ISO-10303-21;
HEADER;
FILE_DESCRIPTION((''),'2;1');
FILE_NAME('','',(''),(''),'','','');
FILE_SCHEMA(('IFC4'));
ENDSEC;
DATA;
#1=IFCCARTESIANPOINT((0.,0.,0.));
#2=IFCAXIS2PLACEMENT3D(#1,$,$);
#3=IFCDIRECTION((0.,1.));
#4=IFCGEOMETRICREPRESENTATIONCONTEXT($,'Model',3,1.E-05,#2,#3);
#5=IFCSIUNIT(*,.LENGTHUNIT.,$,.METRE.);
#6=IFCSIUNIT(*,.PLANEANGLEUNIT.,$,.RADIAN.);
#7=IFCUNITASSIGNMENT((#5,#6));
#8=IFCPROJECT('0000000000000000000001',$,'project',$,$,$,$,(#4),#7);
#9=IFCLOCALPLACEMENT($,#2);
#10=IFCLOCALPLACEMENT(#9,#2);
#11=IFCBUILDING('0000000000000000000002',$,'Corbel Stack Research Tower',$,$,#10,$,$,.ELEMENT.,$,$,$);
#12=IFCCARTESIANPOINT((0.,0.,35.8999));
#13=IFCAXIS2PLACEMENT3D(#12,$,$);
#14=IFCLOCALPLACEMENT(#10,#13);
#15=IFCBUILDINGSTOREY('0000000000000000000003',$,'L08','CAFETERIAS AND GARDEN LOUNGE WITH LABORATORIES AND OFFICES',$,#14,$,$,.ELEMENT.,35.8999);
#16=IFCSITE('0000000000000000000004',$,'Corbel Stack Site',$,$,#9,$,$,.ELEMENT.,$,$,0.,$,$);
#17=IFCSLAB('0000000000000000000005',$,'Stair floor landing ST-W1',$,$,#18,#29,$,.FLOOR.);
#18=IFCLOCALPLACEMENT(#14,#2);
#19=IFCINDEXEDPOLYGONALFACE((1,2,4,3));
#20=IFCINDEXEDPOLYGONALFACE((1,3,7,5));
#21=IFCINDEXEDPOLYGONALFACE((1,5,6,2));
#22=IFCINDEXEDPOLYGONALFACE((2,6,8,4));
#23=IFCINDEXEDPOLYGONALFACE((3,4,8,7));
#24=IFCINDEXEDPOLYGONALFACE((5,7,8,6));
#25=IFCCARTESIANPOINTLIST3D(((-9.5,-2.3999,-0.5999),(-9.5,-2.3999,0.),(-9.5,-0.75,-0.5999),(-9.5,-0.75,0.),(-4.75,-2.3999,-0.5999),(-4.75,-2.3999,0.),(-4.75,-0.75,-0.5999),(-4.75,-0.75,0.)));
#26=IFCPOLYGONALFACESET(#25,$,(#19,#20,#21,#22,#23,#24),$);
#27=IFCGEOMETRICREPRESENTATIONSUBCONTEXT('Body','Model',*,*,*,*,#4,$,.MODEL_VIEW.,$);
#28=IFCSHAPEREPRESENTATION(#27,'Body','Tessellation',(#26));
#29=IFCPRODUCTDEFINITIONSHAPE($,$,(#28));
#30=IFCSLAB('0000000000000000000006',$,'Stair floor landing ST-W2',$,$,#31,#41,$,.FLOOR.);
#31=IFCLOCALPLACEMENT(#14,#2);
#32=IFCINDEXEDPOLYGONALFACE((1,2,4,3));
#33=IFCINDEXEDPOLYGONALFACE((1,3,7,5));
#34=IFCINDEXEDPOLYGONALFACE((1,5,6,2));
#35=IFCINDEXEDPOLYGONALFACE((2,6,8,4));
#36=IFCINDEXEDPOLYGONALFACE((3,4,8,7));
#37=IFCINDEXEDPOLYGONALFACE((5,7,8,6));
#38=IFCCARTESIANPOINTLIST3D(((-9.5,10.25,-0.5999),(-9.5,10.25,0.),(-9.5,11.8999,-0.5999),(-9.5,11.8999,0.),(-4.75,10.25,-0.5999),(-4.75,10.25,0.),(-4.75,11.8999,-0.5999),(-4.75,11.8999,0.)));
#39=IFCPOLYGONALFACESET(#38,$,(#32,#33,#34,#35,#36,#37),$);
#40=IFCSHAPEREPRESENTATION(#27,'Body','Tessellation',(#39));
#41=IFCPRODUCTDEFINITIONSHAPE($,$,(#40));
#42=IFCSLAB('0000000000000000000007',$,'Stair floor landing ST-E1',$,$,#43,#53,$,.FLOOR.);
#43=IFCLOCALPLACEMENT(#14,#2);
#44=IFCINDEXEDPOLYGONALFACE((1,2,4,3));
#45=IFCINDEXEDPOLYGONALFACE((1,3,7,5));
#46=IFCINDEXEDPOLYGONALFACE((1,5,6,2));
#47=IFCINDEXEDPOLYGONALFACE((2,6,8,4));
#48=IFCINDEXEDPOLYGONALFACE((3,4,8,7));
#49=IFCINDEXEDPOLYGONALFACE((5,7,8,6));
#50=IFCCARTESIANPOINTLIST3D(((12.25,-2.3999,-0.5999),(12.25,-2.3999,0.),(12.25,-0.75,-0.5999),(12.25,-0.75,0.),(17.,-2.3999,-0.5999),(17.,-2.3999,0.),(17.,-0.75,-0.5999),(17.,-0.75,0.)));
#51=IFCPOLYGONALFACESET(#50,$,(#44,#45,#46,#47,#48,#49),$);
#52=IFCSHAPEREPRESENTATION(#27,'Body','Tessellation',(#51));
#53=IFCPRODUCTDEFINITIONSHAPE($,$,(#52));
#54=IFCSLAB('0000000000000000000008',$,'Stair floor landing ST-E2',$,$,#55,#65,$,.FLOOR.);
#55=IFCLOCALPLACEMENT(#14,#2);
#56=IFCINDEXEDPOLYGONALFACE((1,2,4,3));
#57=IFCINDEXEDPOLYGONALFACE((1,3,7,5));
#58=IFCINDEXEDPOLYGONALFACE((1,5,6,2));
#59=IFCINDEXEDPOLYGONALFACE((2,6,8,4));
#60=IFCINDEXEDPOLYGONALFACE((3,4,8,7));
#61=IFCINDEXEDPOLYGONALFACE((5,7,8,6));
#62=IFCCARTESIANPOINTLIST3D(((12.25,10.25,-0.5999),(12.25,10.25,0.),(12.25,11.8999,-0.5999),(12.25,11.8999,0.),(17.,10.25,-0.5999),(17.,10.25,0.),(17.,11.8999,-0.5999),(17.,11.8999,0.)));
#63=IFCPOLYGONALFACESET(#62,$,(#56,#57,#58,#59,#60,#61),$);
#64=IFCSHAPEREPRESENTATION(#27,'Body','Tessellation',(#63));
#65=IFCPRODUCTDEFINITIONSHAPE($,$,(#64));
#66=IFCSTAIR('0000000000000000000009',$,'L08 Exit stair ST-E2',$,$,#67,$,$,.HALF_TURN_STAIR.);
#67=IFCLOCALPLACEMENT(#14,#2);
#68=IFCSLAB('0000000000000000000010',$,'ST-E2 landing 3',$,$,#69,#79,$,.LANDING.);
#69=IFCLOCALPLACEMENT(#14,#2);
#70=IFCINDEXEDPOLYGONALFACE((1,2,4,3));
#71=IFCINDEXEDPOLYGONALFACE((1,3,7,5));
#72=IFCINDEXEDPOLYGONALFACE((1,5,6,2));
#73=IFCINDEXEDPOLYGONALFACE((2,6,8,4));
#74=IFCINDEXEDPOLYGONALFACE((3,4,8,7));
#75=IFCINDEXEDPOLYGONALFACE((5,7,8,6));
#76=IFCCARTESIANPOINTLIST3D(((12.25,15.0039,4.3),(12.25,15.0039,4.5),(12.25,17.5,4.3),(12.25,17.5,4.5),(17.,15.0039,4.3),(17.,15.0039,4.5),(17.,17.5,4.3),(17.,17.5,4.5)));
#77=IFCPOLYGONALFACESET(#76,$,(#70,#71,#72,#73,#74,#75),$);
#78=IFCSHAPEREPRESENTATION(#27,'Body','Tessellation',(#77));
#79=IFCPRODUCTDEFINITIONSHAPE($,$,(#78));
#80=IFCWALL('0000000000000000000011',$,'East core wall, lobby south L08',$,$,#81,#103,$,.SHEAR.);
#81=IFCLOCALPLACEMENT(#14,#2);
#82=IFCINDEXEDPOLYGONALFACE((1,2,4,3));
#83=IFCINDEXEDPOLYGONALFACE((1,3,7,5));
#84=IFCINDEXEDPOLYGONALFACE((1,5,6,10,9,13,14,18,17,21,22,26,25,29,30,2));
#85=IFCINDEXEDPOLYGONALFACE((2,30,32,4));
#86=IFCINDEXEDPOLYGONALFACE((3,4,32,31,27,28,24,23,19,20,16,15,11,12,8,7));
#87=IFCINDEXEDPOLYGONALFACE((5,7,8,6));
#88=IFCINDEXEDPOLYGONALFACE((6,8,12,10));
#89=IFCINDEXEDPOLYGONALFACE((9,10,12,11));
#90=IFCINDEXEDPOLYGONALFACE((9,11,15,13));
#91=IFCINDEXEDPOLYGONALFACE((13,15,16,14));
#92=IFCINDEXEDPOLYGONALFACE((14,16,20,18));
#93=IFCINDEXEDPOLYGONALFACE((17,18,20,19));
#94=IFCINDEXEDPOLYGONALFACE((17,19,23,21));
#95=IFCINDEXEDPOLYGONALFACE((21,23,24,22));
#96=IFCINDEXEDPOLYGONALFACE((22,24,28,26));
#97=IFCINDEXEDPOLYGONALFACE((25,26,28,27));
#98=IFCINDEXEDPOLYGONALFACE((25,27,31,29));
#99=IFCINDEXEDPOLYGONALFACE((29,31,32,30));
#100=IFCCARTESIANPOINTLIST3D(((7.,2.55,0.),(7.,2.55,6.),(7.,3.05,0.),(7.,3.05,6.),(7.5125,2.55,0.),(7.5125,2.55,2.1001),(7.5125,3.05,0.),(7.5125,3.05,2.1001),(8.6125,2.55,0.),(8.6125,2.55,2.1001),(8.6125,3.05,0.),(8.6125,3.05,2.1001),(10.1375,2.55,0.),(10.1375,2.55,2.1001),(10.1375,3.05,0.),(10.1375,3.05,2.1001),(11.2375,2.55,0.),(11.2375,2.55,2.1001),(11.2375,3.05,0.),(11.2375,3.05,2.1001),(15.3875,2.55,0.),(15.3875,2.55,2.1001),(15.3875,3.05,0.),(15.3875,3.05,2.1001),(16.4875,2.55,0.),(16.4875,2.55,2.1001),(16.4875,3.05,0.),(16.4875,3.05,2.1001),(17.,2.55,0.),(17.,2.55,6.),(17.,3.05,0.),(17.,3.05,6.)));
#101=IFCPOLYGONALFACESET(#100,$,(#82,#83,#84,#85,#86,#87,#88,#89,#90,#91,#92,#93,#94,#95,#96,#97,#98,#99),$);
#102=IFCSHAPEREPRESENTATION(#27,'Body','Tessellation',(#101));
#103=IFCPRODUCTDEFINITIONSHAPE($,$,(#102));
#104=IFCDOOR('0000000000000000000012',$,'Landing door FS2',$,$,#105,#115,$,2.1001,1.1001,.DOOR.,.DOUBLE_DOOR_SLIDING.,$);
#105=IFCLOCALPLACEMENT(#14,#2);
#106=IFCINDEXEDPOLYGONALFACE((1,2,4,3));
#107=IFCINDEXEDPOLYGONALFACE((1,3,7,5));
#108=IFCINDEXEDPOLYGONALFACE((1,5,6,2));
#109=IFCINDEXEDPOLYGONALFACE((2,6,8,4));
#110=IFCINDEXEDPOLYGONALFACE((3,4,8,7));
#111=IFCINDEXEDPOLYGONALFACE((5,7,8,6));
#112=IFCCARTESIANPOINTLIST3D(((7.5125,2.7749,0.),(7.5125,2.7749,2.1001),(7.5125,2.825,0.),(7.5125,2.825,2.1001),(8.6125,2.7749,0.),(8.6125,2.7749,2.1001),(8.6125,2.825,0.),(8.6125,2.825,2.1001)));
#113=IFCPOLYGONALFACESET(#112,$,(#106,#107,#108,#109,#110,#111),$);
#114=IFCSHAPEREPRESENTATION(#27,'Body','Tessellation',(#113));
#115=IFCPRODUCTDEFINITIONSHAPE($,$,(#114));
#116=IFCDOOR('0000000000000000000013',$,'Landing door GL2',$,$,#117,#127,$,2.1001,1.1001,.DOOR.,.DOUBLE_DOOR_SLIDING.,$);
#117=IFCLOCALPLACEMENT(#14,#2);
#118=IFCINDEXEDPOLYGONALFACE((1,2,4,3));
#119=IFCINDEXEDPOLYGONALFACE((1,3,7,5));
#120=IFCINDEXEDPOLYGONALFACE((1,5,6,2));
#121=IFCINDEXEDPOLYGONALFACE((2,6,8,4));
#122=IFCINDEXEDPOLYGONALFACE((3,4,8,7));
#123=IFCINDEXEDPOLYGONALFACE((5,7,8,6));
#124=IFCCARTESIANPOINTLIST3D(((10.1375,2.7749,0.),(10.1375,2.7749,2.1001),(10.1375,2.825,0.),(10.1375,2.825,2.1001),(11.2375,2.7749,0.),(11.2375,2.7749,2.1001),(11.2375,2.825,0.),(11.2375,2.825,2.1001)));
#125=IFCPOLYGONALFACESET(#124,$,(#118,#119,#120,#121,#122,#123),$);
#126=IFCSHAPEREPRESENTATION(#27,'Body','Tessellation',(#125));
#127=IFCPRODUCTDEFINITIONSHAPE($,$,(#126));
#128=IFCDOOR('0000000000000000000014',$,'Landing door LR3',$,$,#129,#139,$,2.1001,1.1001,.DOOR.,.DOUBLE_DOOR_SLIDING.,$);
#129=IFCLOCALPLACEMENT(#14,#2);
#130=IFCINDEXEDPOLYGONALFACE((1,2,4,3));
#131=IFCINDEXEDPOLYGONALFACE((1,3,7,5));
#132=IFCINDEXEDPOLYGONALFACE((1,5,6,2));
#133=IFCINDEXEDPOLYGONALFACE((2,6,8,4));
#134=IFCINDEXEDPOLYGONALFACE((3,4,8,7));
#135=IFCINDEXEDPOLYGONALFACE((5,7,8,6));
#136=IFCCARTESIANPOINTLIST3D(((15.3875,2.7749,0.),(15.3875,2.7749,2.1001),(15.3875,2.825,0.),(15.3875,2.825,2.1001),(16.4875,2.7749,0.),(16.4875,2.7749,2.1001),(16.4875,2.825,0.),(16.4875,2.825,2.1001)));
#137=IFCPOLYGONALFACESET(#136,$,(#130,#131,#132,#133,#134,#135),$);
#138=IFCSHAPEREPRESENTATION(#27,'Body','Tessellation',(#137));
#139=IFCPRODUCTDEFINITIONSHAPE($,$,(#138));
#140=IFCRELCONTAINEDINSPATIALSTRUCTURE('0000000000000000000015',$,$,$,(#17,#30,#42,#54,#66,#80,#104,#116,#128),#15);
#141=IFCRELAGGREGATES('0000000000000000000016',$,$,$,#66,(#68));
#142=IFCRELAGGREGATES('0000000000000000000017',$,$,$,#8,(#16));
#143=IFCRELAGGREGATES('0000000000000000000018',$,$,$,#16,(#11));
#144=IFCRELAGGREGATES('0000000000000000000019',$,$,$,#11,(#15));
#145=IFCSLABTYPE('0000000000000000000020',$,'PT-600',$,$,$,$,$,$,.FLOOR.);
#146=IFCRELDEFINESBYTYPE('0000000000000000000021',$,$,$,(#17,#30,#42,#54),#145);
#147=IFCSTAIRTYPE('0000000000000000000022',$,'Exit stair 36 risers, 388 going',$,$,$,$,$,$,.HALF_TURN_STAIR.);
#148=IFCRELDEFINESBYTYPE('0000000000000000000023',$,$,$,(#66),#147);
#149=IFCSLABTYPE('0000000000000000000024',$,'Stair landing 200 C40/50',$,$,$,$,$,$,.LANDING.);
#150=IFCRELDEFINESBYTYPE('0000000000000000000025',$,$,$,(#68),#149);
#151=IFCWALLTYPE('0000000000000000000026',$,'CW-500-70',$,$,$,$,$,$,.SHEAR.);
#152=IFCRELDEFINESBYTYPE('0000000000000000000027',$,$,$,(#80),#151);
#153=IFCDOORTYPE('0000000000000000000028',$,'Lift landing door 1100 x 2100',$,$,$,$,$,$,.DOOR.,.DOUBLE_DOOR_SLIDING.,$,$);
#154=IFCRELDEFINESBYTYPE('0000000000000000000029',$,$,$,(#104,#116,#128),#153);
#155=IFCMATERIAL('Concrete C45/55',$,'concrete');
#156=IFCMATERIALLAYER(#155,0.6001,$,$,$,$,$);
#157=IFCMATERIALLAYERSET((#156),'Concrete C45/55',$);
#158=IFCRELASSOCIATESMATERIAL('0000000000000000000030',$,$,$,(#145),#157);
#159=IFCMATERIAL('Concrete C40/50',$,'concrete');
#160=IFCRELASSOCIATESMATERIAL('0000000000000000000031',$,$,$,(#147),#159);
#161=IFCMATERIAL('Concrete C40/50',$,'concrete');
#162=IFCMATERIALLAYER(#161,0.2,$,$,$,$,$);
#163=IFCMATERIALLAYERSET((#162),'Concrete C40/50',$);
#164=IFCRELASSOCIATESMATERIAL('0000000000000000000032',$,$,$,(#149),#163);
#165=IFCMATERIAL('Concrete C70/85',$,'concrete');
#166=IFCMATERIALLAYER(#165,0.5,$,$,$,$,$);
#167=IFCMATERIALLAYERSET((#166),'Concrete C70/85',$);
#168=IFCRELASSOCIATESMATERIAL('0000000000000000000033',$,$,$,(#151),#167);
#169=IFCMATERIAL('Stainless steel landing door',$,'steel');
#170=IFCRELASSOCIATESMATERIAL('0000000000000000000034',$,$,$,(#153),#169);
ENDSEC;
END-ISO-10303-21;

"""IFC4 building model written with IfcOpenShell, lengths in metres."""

from ifc_helpers import new_model, si_unit, direction, frame, frame_2d, origin, place, context, subcontext, project, spatial, polyline, rectangle, outline, extrude, material, layer, layer_set, type_object, element, fill, aggregate, save


model = new_model("IFC4")

# Units and contexts
model_context = context("Model", 3, precision=1e-05, world=origin(), true_north=direction((0.0, 1.0)))
body_context = subcontext(model_context, "Body", "Model", "MODEL_VIEW")
ifc_project = project(units=[si_unit("LENGTHUNIT", "METRE"), si_unit("PLANEANGLEUNIT", "RADIAN")], contexts=[model_context])

# Site, building, storey
site_placement = place(None, origin())
site = spatial("IfcSite", under=ifc_project, at=site_placement, Name="Corbel Stack Site", CompositionType="ELEMENT", RefElevation=0.0)
building_placement = place(site_placement, origin())
building = spatial("IfcBuilding", under=site, at=building_placement, Name="Corbel Stack Research Tower", CompositionType="ELEMENT")
storey_placement = place(building_placement, frame((0.0, 0.0, 35.8999)))
storey = spatial("IfcBuildingStorey", under=building, at=storey_placement, Name="L08", Description="CAFETERIAS AND GARDEN LOUNGE WITH LABORATORIES AND OFFICES", CompositionType="ELEMENT", Elevation=35.8999)

# Slabs
ifc_material_1 = material(Name="Concrete C45/55", Category="concrete")
ifc_layer_1 = layer(ifc_material_1, 0.6001)
ifc_layer_set_1 = layer_set([ifc_layer_1], Name="Concrete C45/55")
slab_type_1 = type_object("IfcSlabType", Name="PT-600", PredefinedType="FLOOR", material=ifc_layer_set_1)
slab_1_placement = place(storey_placement, frame((0.0, 0.0, -0.5999)))
element("IfcSlab", 1, at=slab_1_placement, inside=storey, type_object=slab_type_1, Name="Stair floor landing ST-W1", PredefinedType="FLOOR", context=body_context, shape_type="SweptSolid", body=[
    extrude(outline(polyline([(-9.5, -2.3999), (-4.75, -2.3999), (-4.75, -0.75), (-9.5, -0.75), (-9.5, -2.3999)])), origin(), (0.0, 0.0, 1.0), 0.5999),
])
slab_2_placement = place(storey_placement, frame((0.0, 0.0, -0.5999)))
element("IfcSlab", 2, at=slab_2_placement, inside=storey, type_object=slab_type_1, Name="Stair floor landing ST-W2", PredefinedType="FLOOR", context=body_context, shape_type="SweptSolid", body=[
    extrude(outline(polyline([(-9.5, 10.25), (-4.75, 10.25), (-4.75, 11.8999), (-9.5, 11.8999), (-9.5, 10.25)])), origin(), (0.0, 0.0, 1.0), 0.5999),
])
slab_3_placement = place(storey_placement, frame((0.0, 0.0, -0.5999)))
element("IfcSlab", 3, at=slab_3_placement, inside=storey, type_object=slab_type_1, Name="Stair floor landing ST-E1", PredefinedType="FLOOR", context=body_context, shape_type="SweptSolid", body=[
    extrude(outline(polyline([(12.25, -2.3999), (17.0, -2.3999), (17.0, -0.75), (12.25, -0.75), (12.25, -2.3999)])), origin(), (0.0, 0.0, 1.0), 0.5999),
])
slab_4_placement = place(storey_placement, frame((0.0, 0.0, -0.5999)))
element("IfcSlab", 4, at=slab_4_placement, inside=storey, type_object=slab_type_1, Name="Stair floor landing ST-E2", PredefinedType="FLOOR", context=body_context, shape_type="SweptSolid", body=[
    extrude(outline(polyline([(12.25, 10.25), (17.0, 10.25), (17.0, 11.8999), (12.25, 11.8999), (12.25, 10.25)])), origin(), (0.0, 0.0, 1.0), 0.5999),
])

# Stair, slab
ifc_material_2 = material(Name="Concrete C40/50", Category="concrete")
stair_type = type_object("IfcStairType", Name="Exit stair 36 risers, 388 going", PredefinedType="HALF_TURN_STAIR", material=ifc_material_2)
stair_placement = place(storey_placement, origin())
stair = element("IfcStair", 5, at=stair_placement, inside=storey, type_object=stair_type, Name="L08 Exit stair ST-E2", PredefinedType="HALF_TURN_STAIR")
ifc_material_3 = material(Name="Concrete C40/50", Category="concrete")
ifc_layer_2 = layer(ifc_material_3, 0.2)
ifc_layer_set_2 = layer_set([ifc_layer_2], Name="Concrete C40/50")
slab_type_2 = type_object("IfcSlabType", Name="Stair landing 200 C40/50", PredefinedType="LANDING", material=ifc_layer_set_2)
slab_5_placement = place(storey_placement, frame((0.0, 0.0, 4.3)))
slab_5 = element("IfcSlab", 6, at=slab_5_placement, type_object=slab_type_2, Name="ST-E2 landing 3", PredefinedType="LANDING", context=body_context, shape_type="SweptSolid", body=[
    extrude(outline(polyline([(12.25, 15.0039), (12.25, 17.5), (17.0, 17.5), (17.0, 15.0039), (12.25, 15.0039)])), origin(), (0.0, 0.0, 1.0), 0.2),
])
aggregate(stair, [slab_5])

# Wall, openings, doors
ifc_material_4 = material(Name="Concrete C70/85", Category="concrete")
ifc_layer_3 = layer(ifc_material_4, 0.5)
ifc_layer_set_3 = layer_set([ifc_layer_3], Name="Concrete C70/85")
wall_type_1 = type_object("IfcWallType", Name="CW-500-70", PredefinedType="SHEAR", material=ifc_layer_set_3)
wall_1_placement = place(storey_placement, frame((7.0, 2.8, 0.0), z_axis=(0.0, 0.0, 1.0), x_axis=(1.0, 0.0, 0.0)))
wall_1 = element("IfcWall", 7, at=wall_1_placement, inside=storey, type_object=wall_type_1, Name="East core wall, lobby south L08", PredefinedType="SHEAR", context=body_context, shape_type="SweptSolid", body=[
    extrude(rectangle(XDim=10.0, YDim=0.5, at=frame_2d((5.0, 0.0))), origin(), (0.0, 0.0, 1.0), 6.0),
])
opening_1_placement = place(wall_1_placement, frame((0.5125, 0.0, 0.0)))
opening_1 = element("IfcOpeningElement", 8, at=opening_1_placement, cuts=wall_1, PredefinedType="OPENING", context=body_context, shape_type="SweptSolid", body=[
    extrude(rectangle(XDim=1.1001, YDim=2.1001, at=frame_2d((0.55, 1.05))), frame((0.0, 0.26, 0.0), z_axis=(0.0, -1.0, 0.0), x_axis=(1.0, 0.0, 0.0)), (0.0, 0.0, 1.0), 0.52),
])
opening_2_placement = place(wall_1_placement, frame((3.1375, 0.0, 0.0)))
opening_2 = element("IfcOpeningElement", 9, at=opening_2_placement, cuts=wall_1, PredefinedType="OPENING", context=body_context, shape_type="SweptSolid", body=[
    extrude(rectangle(XDim=1.1001, YDim=2.1001, at=frame_2d((0.55, 1.05))), frame((0.0, 0.26, 0.0), z_axis=(0.0, -1.0, 0.0), x_axis=(1.0, 0.0, 0.0)), (0.0, 0.0, 1.0), 0.52),
])
opening_3_placement = place(wall_1_placement, frame((8.3875, 0.0, 0.0)))
opening_3 = element("IfcOpeningElement", 10, at=opening_3_placement, cuts=wall_1, PredefinedType="OPENING", context=body_context, shape_type="SweptSolid", body=[
    extrude(rectangle(XDim=1.1001, YDim=2.1001, at=frame_2d((0.55, 1.05))), frame((0.0, 0.26, 0.0), z_axis=(0.0, -1.0, 0.0), x_axis=(1.0, 0.0, 0.0)), (0.0, 0.0, 1.0), 0.52),
])
ifc_material_5 = material(Name="Stainless steel landing door", Category="steel")
door_type_1 = type_object("IfcDoorType", Name="Lift landing door 1100 x 2100", OperationType="DOUBLE_DOOR_SLIDING", PredefinedType="DOOR", material=ifc_material_5)
door_1_placement = place(opening_1_placement, origin())
door_1 = element("IfcDoor", 11, at=door_1_placement, inside=storey, type_object=door_type_1, Name="Landing door FS2", OperationType="DOUBLE_DOOR_SLIDING", OverallHeight=2.1001, OverallWidth=1.1001, PredefinedType="DOOR", context=body_context, shape_type="SweptSolid", body=[
    extrude(rectangle(XDim=1.1001, YDim=2.1001, at=frame_2d((0.55, 1.05))), frame((0.0, 0.0249, 0.0), z_axis=(0.0, -1.0, 0.0), x_axis=(1.0, 0.0, 0.0)), (0.0, 0.0, 1.0), 0.05),
])
fill(opening_1, door_1)
door_2_placement = place(opening_2_placement, origin())
door_2 = element("IfcDoor", 12, at=door_2_placement, inside=storey, type_object=door_type_1, Name="Landing door GL2", OperationType="DOUBLE_DOOR_SLIDING", OverallHeight=2.1001, OverallWidth=1.1001, PredefinedType="DOOR", context=body_context, shape_type="SweptSolid", body=[
    extrude(rectangle(XDim=1.1001, YDim=2.1001, at=frame_2d((0.55, 1.05))), frame((0.0, 0.0249, 0.0), z_axis=(0.0, -1.0, 0.0), x_axis=(1.0, 0.0, 0.0)), (0.0, 0.0, 1.0), 0.05),
])
fill(opening_2, door_2)
door_3_placement = place(opening_3_placement, origin())
door_3 = element("IfcDoor", 13, at=door_3_placement, inside=storey, type_object=door_type_1, Name="Landing door LR3", OperationType="DOUBLE_DOOR_SLIDING", OverallHeight=2.1001, OverallWidth=1.1001, PredefinedType="DOOR", context=body_context, shape_type="SweptSolid", body=[
    extrude(rectangle(XDim=1.1001, YDim=2.1001, at=frame_2d((0.55, 1.05))), frame((0.0, 0.0249, 0.0), z_axis=(0.0, -1.0, 0.0), x_axis=(1.0, 0.0, 0.0)), (0.0, 0.0, 1.0), 0.05),
])
fill(opening_3, door_3)

save(model, "model.ifc")
